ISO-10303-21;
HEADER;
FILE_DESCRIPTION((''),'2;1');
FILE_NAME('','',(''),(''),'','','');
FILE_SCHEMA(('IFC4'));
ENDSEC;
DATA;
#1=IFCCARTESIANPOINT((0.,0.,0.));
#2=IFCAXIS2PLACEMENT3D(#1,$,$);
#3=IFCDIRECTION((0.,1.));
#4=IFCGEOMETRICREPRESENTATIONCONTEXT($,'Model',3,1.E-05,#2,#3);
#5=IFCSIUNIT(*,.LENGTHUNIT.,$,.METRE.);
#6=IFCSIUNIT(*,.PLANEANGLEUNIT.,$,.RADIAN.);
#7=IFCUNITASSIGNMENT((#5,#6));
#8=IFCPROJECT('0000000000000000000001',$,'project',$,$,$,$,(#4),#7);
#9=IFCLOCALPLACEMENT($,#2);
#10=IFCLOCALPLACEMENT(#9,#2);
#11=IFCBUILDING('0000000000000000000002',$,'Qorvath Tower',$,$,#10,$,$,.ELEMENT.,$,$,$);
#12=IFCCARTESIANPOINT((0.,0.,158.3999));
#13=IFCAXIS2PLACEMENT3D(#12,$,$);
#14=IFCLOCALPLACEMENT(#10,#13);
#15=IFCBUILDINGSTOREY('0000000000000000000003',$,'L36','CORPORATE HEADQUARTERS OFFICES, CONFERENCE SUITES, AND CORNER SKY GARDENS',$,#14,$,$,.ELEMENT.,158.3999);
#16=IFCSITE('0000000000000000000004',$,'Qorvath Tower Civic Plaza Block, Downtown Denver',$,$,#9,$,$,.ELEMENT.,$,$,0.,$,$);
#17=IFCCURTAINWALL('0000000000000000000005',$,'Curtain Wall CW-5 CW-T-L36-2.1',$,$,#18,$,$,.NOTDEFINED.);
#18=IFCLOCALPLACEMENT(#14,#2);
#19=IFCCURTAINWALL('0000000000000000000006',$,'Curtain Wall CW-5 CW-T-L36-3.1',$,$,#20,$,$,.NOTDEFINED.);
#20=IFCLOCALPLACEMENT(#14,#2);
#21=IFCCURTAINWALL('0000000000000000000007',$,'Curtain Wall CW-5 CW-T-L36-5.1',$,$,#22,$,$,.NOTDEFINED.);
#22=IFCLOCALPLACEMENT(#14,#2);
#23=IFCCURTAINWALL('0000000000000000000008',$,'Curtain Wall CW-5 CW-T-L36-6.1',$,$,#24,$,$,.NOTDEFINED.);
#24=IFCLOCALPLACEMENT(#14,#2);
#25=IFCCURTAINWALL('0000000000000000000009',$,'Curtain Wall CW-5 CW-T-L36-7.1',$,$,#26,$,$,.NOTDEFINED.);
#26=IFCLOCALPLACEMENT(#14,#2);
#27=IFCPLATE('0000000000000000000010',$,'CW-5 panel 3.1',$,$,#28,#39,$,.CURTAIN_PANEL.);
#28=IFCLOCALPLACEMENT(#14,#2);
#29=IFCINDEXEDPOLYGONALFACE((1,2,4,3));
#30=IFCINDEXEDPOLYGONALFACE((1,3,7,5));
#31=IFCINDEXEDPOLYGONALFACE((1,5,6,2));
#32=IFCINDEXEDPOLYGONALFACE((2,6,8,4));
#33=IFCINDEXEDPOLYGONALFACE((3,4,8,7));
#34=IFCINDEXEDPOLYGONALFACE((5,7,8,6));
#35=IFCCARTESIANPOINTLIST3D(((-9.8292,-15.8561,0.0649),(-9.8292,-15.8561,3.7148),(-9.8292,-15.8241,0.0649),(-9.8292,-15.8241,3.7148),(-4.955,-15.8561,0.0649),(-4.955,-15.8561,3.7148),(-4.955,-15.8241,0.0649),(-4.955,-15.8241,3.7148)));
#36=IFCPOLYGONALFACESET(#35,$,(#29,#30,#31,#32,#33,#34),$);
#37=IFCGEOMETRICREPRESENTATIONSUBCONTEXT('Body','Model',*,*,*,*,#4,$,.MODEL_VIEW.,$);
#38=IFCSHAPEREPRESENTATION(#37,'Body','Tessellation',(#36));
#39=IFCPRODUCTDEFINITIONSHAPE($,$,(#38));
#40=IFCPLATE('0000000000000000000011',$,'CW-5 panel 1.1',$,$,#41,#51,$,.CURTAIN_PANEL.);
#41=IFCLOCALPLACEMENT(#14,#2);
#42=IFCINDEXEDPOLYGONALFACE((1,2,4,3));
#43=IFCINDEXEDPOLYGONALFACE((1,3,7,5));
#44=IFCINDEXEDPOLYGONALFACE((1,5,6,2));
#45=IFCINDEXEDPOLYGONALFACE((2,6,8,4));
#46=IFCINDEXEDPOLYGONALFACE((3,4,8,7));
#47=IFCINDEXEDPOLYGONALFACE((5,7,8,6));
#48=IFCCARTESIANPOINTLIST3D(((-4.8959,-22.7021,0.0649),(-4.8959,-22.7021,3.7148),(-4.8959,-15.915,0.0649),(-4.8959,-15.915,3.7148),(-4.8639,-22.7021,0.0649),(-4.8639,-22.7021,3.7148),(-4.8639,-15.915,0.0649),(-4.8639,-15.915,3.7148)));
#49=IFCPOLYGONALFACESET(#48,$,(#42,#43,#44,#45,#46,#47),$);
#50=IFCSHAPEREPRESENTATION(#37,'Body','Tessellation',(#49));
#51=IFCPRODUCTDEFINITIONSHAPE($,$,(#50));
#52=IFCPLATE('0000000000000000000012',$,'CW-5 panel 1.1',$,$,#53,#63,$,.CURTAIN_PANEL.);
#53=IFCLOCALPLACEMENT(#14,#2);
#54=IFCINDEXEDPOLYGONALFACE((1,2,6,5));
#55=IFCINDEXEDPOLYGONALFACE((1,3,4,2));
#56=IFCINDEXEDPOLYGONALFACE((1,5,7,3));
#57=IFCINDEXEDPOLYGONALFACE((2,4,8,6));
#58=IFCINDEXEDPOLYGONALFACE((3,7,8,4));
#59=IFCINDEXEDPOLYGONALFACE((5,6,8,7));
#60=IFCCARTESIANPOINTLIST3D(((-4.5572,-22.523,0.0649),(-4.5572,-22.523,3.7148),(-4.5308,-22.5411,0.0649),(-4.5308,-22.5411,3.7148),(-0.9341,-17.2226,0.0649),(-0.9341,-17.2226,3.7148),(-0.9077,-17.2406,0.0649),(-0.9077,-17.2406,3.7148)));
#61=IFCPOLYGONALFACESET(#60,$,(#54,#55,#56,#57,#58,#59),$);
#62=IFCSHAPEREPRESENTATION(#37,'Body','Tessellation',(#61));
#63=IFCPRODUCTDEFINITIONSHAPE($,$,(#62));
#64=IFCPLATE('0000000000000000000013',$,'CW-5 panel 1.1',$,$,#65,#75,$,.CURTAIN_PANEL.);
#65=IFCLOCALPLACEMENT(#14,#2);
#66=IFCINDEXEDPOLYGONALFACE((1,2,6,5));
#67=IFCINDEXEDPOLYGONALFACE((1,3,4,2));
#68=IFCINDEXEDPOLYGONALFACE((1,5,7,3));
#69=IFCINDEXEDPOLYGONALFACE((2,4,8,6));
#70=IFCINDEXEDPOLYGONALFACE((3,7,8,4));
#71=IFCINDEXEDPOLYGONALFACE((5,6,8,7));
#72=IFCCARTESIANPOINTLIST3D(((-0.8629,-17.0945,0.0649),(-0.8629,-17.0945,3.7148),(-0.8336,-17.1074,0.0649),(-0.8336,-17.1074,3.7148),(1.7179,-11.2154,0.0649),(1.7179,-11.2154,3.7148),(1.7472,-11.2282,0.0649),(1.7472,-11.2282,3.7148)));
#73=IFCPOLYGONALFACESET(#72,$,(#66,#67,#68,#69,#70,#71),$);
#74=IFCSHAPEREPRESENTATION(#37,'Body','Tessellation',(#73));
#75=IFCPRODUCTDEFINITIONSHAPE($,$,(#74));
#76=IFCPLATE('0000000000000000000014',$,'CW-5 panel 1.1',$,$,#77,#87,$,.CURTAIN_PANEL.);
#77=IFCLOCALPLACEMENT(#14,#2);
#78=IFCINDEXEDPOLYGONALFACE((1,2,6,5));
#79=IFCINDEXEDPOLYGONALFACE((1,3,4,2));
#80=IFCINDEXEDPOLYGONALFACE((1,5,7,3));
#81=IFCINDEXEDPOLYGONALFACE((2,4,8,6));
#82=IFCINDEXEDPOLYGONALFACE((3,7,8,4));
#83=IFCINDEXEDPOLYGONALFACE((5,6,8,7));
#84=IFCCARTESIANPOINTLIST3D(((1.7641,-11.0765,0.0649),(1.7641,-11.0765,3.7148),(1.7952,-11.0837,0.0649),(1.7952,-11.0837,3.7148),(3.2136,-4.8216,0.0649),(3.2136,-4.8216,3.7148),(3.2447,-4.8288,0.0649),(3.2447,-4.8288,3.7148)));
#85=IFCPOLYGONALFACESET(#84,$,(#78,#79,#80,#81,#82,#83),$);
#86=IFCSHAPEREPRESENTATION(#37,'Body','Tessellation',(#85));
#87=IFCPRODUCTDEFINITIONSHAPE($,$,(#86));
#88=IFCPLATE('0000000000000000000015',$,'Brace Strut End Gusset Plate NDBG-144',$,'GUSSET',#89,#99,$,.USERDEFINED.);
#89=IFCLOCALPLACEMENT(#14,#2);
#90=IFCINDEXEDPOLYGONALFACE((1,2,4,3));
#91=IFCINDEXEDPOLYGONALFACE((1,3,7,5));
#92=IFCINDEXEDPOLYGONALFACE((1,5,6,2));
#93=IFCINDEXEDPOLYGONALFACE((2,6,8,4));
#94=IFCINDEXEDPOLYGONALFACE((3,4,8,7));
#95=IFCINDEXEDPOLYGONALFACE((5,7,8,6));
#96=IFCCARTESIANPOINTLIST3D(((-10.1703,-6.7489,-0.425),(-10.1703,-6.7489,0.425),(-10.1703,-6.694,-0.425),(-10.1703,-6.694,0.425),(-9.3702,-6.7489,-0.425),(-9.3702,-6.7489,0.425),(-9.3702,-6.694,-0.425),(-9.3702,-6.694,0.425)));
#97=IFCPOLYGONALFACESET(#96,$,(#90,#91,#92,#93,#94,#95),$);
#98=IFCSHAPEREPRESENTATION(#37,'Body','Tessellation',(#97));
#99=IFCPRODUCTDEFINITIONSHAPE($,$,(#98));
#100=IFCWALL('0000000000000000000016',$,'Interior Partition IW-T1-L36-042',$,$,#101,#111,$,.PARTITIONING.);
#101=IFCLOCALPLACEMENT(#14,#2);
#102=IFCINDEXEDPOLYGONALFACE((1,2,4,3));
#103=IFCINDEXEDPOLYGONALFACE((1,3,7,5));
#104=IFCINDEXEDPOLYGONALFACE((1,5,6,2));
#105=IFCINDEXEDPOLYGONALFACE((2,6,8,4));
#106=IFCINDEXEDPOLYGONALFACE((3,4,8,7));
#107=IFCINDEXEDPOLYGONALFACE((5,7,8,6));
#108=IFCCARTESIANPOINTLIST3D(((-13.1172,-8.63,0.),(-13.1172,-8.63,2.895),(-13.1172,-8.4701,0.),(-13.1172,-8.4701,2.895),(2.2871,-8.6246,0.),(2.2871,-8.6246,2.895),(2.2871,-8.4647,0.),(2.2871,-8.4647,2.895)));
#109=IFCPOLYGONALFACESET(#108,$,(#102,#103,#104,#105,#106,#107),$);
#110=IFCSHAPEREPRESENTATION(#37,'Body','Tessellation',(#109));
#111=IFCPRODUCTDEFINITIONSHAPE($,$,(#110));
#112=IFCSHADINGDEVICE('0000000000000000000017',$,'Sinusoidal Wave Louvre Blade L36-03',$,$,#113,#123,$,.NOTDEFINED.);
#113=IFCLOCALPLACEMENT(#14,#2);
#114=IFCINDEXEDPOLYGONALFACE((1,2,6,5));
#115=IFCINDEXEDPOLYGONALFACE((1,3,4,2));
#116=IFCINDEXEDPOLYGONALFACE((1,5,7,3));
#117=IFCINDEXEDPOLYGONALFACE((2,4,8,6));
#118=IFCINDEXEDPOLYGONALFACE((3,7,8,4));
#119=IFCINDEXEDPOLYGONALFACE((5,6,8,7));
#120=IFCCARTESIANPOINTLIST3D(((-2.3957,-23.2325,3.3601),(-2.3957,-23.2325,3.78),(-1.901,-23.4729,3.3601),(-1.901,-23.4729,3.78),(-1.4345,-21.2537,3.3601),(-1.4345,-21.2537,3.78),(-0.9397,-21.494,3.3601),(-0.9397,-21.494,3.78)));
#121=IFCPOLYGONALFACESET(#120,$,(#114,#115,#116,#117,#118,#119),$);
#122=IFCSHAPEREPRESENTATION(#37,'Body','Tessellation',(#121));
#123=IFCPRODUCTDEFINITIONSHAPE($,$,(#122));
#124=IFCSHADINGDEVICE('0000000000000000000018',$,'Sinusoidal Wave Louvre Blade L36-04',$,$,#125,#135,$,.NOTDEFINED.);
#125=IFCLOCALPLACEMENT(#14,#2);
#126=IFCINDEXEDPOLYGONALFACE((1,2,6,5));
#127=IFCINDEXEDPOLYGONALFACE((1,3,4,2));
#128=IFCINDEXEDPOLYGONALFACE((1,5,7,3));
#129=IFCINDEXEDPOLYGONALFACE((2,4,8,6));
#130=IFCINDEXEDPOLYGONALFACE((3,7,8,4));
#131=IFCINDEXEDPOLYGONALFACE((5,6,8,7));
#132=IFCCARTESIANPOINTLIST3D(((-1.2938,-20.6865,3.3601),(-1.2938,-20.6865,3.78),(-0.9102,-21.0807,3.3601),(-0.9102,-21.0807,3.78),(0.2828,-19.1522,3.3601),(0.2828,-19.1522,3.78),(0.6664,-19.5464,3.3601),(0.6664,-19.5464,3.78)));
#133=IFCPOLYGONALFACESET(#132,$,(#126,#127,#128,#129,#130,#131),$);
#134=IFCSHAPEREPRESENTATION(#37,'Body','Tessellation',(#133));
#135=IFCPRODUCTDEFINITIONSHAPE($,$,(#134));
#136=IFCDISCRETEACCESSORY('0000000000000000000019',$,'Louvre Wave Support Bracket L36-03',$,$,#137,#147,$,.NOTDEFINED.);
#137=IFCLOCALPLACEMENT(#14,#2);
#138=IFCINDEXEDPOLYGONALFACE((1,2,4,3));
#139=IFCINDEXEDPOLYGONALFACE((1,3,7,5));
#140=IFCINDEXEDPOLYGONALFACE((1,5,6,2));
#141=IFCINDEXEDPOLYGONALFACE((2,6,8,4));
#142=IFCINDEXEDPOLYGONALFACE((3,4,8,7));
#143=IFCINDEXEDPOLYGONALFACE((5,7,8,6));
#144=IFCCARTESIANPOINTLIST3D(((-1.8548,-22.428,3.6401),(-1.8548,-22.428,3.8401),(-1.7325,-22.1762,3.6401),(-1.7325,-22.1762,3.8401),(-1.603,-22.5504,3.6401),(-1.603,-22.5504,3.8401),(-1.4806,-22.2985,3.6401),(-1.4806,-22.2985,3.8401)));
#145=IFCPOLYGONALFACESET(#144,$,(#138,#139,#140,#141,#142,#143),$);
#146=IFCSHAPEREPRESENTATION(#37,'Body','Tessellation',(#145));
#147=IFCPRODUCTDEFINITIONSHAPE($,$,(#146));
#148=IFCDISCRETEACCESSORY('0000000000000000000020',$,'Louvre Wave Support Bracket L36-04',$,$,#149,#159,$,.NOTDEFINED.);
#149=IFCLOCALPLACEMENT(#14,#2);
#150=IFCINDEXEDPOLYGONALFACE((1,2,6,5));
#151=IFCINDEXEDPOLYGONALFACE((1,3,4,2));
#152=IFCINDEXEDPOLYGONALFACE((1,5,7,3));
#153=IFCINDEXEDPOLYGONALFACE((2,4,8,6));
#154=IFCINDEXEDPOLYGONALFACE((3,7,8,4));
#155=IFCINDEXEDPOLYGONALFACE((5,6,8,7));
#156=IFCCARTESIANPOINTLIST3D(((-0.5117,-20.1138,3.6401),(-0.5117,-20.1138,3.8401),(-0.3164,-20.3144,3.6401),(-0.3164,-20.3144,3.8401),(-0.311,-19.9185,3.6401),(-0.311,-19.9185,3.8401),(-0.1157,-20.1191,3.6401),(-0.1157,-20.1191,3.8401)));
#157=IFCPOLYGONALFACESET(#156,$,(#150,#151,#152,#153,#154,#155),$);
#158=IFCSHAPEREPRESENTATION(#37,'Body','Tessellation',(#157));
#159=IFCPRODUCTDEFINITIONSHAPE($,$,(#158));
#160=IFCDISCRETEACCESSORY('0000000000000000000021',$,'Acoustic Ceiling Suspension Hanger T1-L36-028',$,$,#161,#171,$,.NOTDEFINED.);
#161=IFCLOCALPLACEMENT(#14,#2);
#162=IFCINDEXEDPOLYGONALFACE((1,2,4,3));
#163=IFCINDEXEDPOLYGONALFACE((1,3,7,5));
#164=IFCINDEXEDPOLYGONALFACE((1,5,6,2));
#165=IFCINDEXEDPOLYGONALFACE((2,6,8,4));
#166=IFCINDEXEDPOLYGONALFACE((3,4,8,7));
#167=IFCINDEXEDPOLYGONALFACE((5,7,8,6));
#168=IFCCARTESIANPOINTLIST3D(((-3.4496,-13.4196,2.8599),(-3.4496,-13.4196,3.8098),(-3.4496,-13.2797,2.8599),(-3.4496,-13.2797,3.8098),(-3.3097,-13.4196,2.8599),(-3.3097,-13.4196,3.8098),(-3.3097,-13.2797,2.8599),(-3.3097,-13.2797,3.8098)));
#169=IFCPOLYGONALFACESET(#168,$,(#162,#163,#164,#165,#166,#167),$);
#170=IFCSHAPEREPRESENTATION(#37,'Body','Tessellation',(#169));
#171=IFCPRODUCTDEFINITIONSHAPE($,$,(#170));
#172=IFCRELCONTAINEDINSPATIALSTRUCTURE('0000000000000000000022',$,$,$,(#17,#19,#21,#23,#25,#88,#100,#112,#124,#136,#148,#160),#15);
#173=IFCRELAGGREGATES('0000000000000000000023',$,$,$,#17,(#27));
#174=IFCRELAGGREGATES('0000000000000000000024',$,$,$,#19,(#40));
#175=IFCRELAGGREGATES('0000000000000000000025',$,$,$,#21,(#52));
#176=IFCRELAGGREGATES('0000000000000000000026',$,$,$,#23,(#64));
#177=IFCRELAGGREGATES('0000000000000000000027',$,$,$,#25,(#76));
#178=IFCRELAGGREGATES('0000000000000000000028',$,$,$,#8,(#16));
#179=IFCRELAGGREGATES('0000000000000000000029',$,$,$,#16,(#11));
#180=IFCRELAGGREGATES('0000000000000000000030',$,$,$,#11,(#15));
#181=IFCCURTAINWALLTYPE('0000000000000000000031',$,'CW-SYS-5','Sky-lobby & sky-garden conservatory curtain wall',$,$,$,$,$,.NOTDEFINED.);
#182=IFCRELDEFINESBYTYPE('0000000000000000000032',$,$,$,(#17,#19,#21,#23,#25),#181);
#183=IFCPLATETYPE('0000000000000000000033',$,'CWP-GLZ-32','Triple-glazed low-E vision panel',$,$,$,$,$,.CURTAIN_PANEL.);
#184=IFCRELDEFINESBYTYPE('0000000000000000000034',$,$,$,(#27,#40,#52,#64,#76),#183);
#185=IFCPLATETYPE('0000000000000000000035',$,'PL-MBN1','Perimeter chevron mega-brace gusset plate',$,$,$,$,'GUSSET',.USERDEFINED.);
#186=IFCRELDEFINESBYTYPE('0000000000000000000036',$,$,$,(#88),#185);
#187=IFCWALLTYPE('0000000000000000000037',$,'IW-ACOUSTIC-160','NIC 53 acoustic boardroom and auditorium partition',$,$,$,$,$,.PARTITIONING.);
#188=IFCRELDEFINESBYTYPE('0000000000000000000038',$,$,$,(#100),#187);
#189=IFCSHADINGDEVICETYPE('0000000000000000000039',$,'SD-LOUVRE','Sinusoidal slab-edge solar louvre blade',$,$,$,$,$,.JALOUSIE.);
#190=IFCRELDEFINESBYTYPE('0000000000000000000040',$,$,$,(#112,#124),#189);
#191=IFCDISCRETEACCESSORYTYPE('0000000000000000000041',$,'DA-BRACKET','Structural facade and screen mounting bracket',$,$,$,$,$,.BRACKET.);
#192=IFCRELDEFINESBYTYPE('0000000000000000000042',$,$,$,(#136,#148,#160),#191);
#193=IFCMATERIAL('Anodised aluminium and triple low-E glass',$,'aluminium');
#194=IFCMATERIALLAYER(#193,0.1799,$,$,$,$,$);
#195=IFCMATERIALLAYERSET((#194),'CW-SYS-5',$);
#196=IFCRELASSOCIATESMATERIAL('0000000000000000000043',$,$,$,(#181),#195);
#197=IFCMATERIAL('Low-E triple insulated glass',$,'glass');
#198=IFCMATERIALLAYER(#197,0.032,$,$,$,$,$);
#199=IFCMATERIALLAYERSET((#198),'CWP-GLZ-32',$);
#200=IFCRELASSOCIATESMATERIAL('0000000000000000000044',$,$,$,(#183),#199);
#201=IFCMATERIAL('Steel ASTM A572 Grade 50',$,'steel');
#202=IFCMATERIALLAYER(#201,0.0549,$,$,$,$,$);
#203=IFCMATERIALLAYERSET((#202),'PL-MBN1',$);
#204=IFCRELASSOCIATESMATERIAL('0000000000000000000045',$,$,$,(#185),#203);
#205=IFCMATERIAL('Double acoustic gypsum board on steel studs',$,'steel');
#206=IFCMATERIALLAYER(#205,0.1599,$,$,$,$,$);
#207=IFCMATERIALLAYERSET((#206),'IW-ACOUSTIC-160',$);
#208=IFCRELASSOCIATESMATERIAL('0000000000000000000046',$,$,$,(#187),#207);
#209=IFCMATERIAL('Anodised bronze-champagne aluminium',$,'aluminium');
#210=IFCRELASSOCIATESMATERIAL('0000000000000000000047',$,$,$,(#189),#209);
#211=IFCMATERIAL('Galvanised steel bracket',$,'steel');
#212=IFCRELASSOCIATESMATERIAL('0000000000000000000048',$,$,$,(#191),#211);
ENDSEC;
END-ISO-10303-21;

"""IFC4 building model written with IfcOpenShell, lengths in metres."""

from ifc_helpers import new_model, si_unit, direction, frame, frame_2d, origin, origin_2d, place, context, subcontext, project, spatial, rectangle, extrude, material, layer, layer_set, type_object, element, aggregate, save


model = new_model("IFC4")

# Units and contexts
model_context = context("Model", 3, precision=1e-05, world=origin(), true_north=direction((0.0, 1.0)))
body_context = subcontext(model_context, "Body", "Model", "MODEL_VIEW")
ifc_project = project(units=[si_unit("LENGTHUNIT", "METRE"), si_unit("PLANEANGLEUNIT", "RADIAN")], contexts=[model_context])

# Site, building, storey
site_placement = place(None, origin())
site = spatial("IfcSite", under=ifc_project, at=site_placement, Name="Qorvath Tower Civic Plaza Block, Downtown Denver", CompositionType="ELEMENT", RefElevation=0.0)
building_placement = place(site_placement, origin())
building = spatial("IfcBuilding", under=site, at=building_placement, Name="Qorvath Tower", CompositionType="ELEMENT")
storey_placement = place(building_placement, frame((0.0, 0.0, 158.3999)))
storey = spatial("IfcBuildingStorey", under=building, at=storey_placement, Name="L36", Description="CORPORATE HEADQUARTERS OFFICES, CONFERENCE SUITES, AND CORNER SKY GARDENS", CompositionType="ELEMENT", Elevation=158.3999)

# Curtain wall
ifc_material_1 = material(Name="Anodised aluminium and triple low-E glass", Category="aluminium")
ifc_layer_1 = layer(ifc_material_1, 0.1799)
ifc_layer_set_1 = layer_set([ifc_layer_1], Name="CW-SYS-5")
curtain_wall_type = type_object("IfcCurtainWallType", Name="CW-SYS-5", Description="Sky-lobby & sky-garden conservatory curtain wall", PredefinedType="NOTDEFINED", material=ifc_layer_set_1)
curtain_wall_1_placement = place(storey_placement, origin())
curtain_wall_1 = element("IfcCurtainWall", 1, at=curtain_wall_1_placement, inside=storey, type_object=curtain_wall_type, Name="Curtain Wall CW-5 CW-T-L36-2.1", PredefinedType="NOTDEFINED")

# Curtain walls
curtain_wall_2_placement = place(storey_placement, origin())
curtain_wall_2 = element("IfcCurtainWall", 2, at=curtain_wall_2_placement, inside=storey, type_object=curtain_wall_type, Name="Curtain Wall CW-5 CW-T-L36-3.1", PredefinedType="NOTDEFINED")
curtain_wall_3_placement = place(storey_placement, origin())
curtain_wall_3 = element("IfcCurtainWall", 3, at=curtain_wall_3_placement, inside=storey, type_object=curtain_wall_type, Name="Curtain Wall CW-5 CW-T-L36-5.1", PredefinedType="NOTDEFINED")
curtain_wall_4_placement = place(storey_placement, origin())
curtain_wall_4 = element("IfcCurtainWall", 4, at=curtain_wall_4_placement, inside=storey, type_object=curtain_wall_type, Name="Curtain Wall CW-5 CW-T-L36-6.1", PredefinedType="NOTDEFINED")

# Curtain wall
curtain_wall_5_placement = place(storey_placement, origin())
curtain_wall_5 = element("IfcCurtainWall", 5, at=curtain_wall_5_placement, inside=storey, type_object=curtain_wall_type, Name="Curtain Wall CW-5 CW-T-L36-7.1", PredefinedType="NOTDEFINED")

# Plates
ifc_material_2 = material(Name="Low-E triple insulated glass", Category="glass")
ifc_layer_2 = layer(ifc_material_2, 0.032)
ifc_layer_set_2 = layer_set([ifc_layer_2], Name="CWP-GLZ-32")
plate_type_1 = type_object("IfcPlateType", Name="CWP-GLZ-32", Description="Triple-glazed low-E vision panel", PredefinedType="CURTAIN_PANEL", material=ifc_layer_set_2)
plate_1_placement = place(storey_placement, frame((-7.3921, -15.8401, 0.0649), z_axis=(0.0, 0.0, 1.0), x_axis=(1.0, 0.0, 0.0)))
plate_1 = element("IfcPlate", 6, at=plate_1_placement, type_object=plate_type_1, Name="CW-5 panel 3.1", PredefinedType="CURTAIN_PANEL", context=body_context, shape_type="SweptSolid", body=[
    extrude(rectangle(XDim=4.8743, YDim=0.032, at=origin_2d()), origin(), (0.0, 0.0, 1.0), 3.6499),
])
aggregate(curtain_wall_1, [plate_1])
plate_2_placement = place(storey_placement, frame((-4.8799, -19.3086, 0.0649), z_axis=(0.0, 0.0, 1.0), x_axis=(0.0, -1.0, 0.0)))
plate_2 = element("IfcPlate", 7, at=plate_2_placement, type_object=plate_type_1, Name="CW-5 panel 1.1", PredefinedType="CURTAIN_PANEL", context=body_context, shape_type="SweptSolid", body=[
    extrude(rectangle(XDim=6.7871, YDim=0.032, at=origin_2d()), origin(), (0.0, 0.0, 1.0), 3.6499),
])
aggregate(curtain_wall_2, [plate_2])
plate_3_placement = place(storey_placement, frame((-2.7324, -19.8818, 0.0649), z_axis=(0.0, 0.0, 1.0), x_axis=(0.564314, 0.82556, 0.0)))
plate_3 = element("IfcPlate", 8, at=plate_3_placement, type_object=plate_type_1, Name="CW-5 panel 1.1", PredefinedType="CURTAIN_PANEL", context=body_context, shape_type="SweptSolid", body=[
    extrude(rectangle(XDim=6.4204, YDim=0.032, at=origin_2d()), origin(), (0.0, 0.0, 1.0), 3.6499),
])
aggregate(curtain_wall_3, [plate_3])
plate_4_placement = place(storey_placement, frame((0.4421, -14.1614, 0.0649), z_axis=(0.0, 0.0, 1.0), x_axis=(0.401947, 0.915663, 0.0)))
plate_4 = element("IfcPlate", 9, at=plate_4_placement, type_object=plate_type_1, Name="CW-5 panel 1.1", PredefinedType="CURTAIN_PANEL", context=body_context, shape_type="SweptSolid", body=[
    extrude(rectangle(XDim=6.4207, YDim=0.032, at=origin_2d()), origin(), (0.0, 0.0, 1.0), 3.6499),
])
aggregate(curtain_wall_4, [plate_4])
plate_5_placement = place(storey_placement, frame((2.5044, -7.9526, 0.0649), z_axis=(0.0, 0.0, 1.0), x_axis=(0.225759, 0.974183, 0.0)))
plate_5 = element("IfcPlate", 10, at=plate_5_placement, type_object=plate_type_1, Name="CW-5 panel 1.1", PredefinedType="CURTAIN_PANEL", context=body_context, shape_type="SweptSolid", body=[
    extrude(rectangle(XDim=6.4207, YDim=0.032, at=origin_2d()), origin(), (0.0, 0.0, 1.0), 3.6499),
])
aggregate(curtain_wall_5, [plate_5])
ifc_material_3 = material(Name="Steel ASTM A572 Grade 50", Category="steel")
ifc_layer_3 = layer(ifc_material_3, 0.0549)
ifc_layer_set_3 = layer_set([ifc_layer_3], Name="PL-MBN1")
plate_type_2 = type_object("IfcPlateType", Name="PL-MBN1", Description="Perimeter chevron mega-brace gusset plate", ElementType="GUSSET", PredefinedType="USERDEFINED", material=ifc_layer_set_3)
plate_6_placement = place(storey_placement, frame((-9.7703, -6.7214, -0.425), z_axis=(0.0, 0.0, 1.0), x_axis=(1.0, 0.0, 0.0)))
element("IfcPlate", 11, at=plate_6_placement, inside=storey, type_object=plate_type_2, Name="Brace Strut End Gusset Plate NDBG-144", ObjectType="GUSSET", PredefinedType="USERDEFINED", context=body_context, shape_type="SweptSolid", body=[
    extrude(rectangle(XDim=0.8, YDim=0.0549, at=origin_2d()), origin(), (0.0, 0.0, 1.0), 0.8501),
])

# Wall
ifc_material_4 = material(Name="Double acoustic gypsum board on steel studs", Category="steel")
ifc_layer_4 = layer(ifc_material_4, 0.1599)
ifc_layer_set_4 = layer_set([ifc_layer_4], Name="IW-ACOUSTIC-160")
wall_type = type_object("IfcWallType", Name="IW-ACOUSTIC-160", Description="NIC 53 acoustic boardroom and auditorium partition", PredefinedType="PARTITIONING", material=ifc_layer_set_4)
wall_placement = place(storey_placement, frame((2.2871, -8.5447, 0.0), z_axis=(0.0, 0.0, 1.0), x_axis=(-1.0, -0.000349, 0.0)))
element("IfcWall", 12, at=wall_placement, inside=storey, type_object=wall_type, Name="Interior Partition IW-T1-L36-042", PredefinedType="PARTITIONING", context=body_context, shape_type="SweptSolid", body=[
    extrude(rectangle(XDim=15.4043, YDim=0.1599, at=frame_2d((7.7021, 0.0))), origin(), (0.0, 0.0, 1.0), 2.895),
])

# Shading devices
ifc_material_5 = material(Name="Anodised bronze-champagne aluminium", Category="aluminium")
shading_device_type = type_object("IfcShadingDeviceType", Name="SD-LOUVRE", Description="Sinusoidal slab-edge solar louvre blade", PredefinedType="JALOUSIE", material=ifc_material_5)
for number, where, z_axis, x_axis, name in (
    (13, (-1.6677, -22.3633, 3.3601), (0.0, 0.0, 1.0), (0.436954, 0.899484, 0.0), "Sinusoidal Wave Louvre Blade L36-03"),
    (14, (-0.3137, -20.1165, 3.3601), (0.0, 0.0, 1.0), (0.716647, 0.697437, 0.0), "Sinusoidal Wave Louvre Blade L36-04"),
):
    element("IfcShadingDevice", number, at=place(storey_placement, frame(where, z_axis=z_axis, x_axis=x_axis)), inside=storey, type_object=shading_device_type, Name=name, PredefinedType="NOTDEFINED", context=body_context, shape_type="SweptSolid", body=[
        extrude(rectangle(XDim=2.2, YDim=0.55, at=origin_2d()), origin(), (0.0, 0.0, 1.0), 0.4199),
    ])

# Discrete accessories
ifc_material_6 = material(Name="Galvanised steel bracket", Category="steel")
discrete_accessory_type = type_object("IfcDiscreteAccessoryType", Name="DA-BRACKET", Description="Structural facade and screen mounting bracket", PredefinedType="BRACKET", material=ifc_material_6)
for number, where, z_axis, x_axis, name in (
    (15, (-1.6677, -22.3633, 3.6401), (0.0, 0.0, 1.0), (0.436954, 0.899484, 0.0), "Louvre Wave Support Bracket L36-03"),
    (16, (-0.3137, -20.1165, 3.6401), (0.0, 0.0, 1.0), (0.716647, 0.697437, 0.0), "Louvre Wave Support Bracket L36-04"),
):
    element("IfcDiscreteAccessory", number, at=place(storey_placement, frame(where, z_axis=z_axis, x_axis=x_axis)), inside=storey, type_object=discrete_accessory_type, Name=name, PredefinedType="NOTDEFINED", context=body_context, shape_type="SweptSolid", body=[
        extrude(rectangle(XDim=0.28, YDim=0.28, at=origin_2d()), origin(), (0.0, 0.0, 1.0), 0.2),
    ])
discrete_accessory_placement = place(storey_placement, frame((-3.3796, -13.3496, 2.8599), z_axis=(0.0, 0.0, 1.0), x_axis=(1.0, 0.0, 0.0)))
element("IfcDiscreteAccessory", 17, at=discrete_accessory_placement, inside=storey, type_object=discrete_accessory_type, Name="Acoustic Ceiling Suspension Hanger T1-L36-028", PredefinedType="NOTDEFINED", context=body_context, shape_type="SweptSolid", body=[
    extrude(rectangle(XDim=0.1399, YDim=0.1399, at=origin_2d()), origin(), (0.0, 0.0, 1.0), 0.95),
])

save(model, "model.ifc")
